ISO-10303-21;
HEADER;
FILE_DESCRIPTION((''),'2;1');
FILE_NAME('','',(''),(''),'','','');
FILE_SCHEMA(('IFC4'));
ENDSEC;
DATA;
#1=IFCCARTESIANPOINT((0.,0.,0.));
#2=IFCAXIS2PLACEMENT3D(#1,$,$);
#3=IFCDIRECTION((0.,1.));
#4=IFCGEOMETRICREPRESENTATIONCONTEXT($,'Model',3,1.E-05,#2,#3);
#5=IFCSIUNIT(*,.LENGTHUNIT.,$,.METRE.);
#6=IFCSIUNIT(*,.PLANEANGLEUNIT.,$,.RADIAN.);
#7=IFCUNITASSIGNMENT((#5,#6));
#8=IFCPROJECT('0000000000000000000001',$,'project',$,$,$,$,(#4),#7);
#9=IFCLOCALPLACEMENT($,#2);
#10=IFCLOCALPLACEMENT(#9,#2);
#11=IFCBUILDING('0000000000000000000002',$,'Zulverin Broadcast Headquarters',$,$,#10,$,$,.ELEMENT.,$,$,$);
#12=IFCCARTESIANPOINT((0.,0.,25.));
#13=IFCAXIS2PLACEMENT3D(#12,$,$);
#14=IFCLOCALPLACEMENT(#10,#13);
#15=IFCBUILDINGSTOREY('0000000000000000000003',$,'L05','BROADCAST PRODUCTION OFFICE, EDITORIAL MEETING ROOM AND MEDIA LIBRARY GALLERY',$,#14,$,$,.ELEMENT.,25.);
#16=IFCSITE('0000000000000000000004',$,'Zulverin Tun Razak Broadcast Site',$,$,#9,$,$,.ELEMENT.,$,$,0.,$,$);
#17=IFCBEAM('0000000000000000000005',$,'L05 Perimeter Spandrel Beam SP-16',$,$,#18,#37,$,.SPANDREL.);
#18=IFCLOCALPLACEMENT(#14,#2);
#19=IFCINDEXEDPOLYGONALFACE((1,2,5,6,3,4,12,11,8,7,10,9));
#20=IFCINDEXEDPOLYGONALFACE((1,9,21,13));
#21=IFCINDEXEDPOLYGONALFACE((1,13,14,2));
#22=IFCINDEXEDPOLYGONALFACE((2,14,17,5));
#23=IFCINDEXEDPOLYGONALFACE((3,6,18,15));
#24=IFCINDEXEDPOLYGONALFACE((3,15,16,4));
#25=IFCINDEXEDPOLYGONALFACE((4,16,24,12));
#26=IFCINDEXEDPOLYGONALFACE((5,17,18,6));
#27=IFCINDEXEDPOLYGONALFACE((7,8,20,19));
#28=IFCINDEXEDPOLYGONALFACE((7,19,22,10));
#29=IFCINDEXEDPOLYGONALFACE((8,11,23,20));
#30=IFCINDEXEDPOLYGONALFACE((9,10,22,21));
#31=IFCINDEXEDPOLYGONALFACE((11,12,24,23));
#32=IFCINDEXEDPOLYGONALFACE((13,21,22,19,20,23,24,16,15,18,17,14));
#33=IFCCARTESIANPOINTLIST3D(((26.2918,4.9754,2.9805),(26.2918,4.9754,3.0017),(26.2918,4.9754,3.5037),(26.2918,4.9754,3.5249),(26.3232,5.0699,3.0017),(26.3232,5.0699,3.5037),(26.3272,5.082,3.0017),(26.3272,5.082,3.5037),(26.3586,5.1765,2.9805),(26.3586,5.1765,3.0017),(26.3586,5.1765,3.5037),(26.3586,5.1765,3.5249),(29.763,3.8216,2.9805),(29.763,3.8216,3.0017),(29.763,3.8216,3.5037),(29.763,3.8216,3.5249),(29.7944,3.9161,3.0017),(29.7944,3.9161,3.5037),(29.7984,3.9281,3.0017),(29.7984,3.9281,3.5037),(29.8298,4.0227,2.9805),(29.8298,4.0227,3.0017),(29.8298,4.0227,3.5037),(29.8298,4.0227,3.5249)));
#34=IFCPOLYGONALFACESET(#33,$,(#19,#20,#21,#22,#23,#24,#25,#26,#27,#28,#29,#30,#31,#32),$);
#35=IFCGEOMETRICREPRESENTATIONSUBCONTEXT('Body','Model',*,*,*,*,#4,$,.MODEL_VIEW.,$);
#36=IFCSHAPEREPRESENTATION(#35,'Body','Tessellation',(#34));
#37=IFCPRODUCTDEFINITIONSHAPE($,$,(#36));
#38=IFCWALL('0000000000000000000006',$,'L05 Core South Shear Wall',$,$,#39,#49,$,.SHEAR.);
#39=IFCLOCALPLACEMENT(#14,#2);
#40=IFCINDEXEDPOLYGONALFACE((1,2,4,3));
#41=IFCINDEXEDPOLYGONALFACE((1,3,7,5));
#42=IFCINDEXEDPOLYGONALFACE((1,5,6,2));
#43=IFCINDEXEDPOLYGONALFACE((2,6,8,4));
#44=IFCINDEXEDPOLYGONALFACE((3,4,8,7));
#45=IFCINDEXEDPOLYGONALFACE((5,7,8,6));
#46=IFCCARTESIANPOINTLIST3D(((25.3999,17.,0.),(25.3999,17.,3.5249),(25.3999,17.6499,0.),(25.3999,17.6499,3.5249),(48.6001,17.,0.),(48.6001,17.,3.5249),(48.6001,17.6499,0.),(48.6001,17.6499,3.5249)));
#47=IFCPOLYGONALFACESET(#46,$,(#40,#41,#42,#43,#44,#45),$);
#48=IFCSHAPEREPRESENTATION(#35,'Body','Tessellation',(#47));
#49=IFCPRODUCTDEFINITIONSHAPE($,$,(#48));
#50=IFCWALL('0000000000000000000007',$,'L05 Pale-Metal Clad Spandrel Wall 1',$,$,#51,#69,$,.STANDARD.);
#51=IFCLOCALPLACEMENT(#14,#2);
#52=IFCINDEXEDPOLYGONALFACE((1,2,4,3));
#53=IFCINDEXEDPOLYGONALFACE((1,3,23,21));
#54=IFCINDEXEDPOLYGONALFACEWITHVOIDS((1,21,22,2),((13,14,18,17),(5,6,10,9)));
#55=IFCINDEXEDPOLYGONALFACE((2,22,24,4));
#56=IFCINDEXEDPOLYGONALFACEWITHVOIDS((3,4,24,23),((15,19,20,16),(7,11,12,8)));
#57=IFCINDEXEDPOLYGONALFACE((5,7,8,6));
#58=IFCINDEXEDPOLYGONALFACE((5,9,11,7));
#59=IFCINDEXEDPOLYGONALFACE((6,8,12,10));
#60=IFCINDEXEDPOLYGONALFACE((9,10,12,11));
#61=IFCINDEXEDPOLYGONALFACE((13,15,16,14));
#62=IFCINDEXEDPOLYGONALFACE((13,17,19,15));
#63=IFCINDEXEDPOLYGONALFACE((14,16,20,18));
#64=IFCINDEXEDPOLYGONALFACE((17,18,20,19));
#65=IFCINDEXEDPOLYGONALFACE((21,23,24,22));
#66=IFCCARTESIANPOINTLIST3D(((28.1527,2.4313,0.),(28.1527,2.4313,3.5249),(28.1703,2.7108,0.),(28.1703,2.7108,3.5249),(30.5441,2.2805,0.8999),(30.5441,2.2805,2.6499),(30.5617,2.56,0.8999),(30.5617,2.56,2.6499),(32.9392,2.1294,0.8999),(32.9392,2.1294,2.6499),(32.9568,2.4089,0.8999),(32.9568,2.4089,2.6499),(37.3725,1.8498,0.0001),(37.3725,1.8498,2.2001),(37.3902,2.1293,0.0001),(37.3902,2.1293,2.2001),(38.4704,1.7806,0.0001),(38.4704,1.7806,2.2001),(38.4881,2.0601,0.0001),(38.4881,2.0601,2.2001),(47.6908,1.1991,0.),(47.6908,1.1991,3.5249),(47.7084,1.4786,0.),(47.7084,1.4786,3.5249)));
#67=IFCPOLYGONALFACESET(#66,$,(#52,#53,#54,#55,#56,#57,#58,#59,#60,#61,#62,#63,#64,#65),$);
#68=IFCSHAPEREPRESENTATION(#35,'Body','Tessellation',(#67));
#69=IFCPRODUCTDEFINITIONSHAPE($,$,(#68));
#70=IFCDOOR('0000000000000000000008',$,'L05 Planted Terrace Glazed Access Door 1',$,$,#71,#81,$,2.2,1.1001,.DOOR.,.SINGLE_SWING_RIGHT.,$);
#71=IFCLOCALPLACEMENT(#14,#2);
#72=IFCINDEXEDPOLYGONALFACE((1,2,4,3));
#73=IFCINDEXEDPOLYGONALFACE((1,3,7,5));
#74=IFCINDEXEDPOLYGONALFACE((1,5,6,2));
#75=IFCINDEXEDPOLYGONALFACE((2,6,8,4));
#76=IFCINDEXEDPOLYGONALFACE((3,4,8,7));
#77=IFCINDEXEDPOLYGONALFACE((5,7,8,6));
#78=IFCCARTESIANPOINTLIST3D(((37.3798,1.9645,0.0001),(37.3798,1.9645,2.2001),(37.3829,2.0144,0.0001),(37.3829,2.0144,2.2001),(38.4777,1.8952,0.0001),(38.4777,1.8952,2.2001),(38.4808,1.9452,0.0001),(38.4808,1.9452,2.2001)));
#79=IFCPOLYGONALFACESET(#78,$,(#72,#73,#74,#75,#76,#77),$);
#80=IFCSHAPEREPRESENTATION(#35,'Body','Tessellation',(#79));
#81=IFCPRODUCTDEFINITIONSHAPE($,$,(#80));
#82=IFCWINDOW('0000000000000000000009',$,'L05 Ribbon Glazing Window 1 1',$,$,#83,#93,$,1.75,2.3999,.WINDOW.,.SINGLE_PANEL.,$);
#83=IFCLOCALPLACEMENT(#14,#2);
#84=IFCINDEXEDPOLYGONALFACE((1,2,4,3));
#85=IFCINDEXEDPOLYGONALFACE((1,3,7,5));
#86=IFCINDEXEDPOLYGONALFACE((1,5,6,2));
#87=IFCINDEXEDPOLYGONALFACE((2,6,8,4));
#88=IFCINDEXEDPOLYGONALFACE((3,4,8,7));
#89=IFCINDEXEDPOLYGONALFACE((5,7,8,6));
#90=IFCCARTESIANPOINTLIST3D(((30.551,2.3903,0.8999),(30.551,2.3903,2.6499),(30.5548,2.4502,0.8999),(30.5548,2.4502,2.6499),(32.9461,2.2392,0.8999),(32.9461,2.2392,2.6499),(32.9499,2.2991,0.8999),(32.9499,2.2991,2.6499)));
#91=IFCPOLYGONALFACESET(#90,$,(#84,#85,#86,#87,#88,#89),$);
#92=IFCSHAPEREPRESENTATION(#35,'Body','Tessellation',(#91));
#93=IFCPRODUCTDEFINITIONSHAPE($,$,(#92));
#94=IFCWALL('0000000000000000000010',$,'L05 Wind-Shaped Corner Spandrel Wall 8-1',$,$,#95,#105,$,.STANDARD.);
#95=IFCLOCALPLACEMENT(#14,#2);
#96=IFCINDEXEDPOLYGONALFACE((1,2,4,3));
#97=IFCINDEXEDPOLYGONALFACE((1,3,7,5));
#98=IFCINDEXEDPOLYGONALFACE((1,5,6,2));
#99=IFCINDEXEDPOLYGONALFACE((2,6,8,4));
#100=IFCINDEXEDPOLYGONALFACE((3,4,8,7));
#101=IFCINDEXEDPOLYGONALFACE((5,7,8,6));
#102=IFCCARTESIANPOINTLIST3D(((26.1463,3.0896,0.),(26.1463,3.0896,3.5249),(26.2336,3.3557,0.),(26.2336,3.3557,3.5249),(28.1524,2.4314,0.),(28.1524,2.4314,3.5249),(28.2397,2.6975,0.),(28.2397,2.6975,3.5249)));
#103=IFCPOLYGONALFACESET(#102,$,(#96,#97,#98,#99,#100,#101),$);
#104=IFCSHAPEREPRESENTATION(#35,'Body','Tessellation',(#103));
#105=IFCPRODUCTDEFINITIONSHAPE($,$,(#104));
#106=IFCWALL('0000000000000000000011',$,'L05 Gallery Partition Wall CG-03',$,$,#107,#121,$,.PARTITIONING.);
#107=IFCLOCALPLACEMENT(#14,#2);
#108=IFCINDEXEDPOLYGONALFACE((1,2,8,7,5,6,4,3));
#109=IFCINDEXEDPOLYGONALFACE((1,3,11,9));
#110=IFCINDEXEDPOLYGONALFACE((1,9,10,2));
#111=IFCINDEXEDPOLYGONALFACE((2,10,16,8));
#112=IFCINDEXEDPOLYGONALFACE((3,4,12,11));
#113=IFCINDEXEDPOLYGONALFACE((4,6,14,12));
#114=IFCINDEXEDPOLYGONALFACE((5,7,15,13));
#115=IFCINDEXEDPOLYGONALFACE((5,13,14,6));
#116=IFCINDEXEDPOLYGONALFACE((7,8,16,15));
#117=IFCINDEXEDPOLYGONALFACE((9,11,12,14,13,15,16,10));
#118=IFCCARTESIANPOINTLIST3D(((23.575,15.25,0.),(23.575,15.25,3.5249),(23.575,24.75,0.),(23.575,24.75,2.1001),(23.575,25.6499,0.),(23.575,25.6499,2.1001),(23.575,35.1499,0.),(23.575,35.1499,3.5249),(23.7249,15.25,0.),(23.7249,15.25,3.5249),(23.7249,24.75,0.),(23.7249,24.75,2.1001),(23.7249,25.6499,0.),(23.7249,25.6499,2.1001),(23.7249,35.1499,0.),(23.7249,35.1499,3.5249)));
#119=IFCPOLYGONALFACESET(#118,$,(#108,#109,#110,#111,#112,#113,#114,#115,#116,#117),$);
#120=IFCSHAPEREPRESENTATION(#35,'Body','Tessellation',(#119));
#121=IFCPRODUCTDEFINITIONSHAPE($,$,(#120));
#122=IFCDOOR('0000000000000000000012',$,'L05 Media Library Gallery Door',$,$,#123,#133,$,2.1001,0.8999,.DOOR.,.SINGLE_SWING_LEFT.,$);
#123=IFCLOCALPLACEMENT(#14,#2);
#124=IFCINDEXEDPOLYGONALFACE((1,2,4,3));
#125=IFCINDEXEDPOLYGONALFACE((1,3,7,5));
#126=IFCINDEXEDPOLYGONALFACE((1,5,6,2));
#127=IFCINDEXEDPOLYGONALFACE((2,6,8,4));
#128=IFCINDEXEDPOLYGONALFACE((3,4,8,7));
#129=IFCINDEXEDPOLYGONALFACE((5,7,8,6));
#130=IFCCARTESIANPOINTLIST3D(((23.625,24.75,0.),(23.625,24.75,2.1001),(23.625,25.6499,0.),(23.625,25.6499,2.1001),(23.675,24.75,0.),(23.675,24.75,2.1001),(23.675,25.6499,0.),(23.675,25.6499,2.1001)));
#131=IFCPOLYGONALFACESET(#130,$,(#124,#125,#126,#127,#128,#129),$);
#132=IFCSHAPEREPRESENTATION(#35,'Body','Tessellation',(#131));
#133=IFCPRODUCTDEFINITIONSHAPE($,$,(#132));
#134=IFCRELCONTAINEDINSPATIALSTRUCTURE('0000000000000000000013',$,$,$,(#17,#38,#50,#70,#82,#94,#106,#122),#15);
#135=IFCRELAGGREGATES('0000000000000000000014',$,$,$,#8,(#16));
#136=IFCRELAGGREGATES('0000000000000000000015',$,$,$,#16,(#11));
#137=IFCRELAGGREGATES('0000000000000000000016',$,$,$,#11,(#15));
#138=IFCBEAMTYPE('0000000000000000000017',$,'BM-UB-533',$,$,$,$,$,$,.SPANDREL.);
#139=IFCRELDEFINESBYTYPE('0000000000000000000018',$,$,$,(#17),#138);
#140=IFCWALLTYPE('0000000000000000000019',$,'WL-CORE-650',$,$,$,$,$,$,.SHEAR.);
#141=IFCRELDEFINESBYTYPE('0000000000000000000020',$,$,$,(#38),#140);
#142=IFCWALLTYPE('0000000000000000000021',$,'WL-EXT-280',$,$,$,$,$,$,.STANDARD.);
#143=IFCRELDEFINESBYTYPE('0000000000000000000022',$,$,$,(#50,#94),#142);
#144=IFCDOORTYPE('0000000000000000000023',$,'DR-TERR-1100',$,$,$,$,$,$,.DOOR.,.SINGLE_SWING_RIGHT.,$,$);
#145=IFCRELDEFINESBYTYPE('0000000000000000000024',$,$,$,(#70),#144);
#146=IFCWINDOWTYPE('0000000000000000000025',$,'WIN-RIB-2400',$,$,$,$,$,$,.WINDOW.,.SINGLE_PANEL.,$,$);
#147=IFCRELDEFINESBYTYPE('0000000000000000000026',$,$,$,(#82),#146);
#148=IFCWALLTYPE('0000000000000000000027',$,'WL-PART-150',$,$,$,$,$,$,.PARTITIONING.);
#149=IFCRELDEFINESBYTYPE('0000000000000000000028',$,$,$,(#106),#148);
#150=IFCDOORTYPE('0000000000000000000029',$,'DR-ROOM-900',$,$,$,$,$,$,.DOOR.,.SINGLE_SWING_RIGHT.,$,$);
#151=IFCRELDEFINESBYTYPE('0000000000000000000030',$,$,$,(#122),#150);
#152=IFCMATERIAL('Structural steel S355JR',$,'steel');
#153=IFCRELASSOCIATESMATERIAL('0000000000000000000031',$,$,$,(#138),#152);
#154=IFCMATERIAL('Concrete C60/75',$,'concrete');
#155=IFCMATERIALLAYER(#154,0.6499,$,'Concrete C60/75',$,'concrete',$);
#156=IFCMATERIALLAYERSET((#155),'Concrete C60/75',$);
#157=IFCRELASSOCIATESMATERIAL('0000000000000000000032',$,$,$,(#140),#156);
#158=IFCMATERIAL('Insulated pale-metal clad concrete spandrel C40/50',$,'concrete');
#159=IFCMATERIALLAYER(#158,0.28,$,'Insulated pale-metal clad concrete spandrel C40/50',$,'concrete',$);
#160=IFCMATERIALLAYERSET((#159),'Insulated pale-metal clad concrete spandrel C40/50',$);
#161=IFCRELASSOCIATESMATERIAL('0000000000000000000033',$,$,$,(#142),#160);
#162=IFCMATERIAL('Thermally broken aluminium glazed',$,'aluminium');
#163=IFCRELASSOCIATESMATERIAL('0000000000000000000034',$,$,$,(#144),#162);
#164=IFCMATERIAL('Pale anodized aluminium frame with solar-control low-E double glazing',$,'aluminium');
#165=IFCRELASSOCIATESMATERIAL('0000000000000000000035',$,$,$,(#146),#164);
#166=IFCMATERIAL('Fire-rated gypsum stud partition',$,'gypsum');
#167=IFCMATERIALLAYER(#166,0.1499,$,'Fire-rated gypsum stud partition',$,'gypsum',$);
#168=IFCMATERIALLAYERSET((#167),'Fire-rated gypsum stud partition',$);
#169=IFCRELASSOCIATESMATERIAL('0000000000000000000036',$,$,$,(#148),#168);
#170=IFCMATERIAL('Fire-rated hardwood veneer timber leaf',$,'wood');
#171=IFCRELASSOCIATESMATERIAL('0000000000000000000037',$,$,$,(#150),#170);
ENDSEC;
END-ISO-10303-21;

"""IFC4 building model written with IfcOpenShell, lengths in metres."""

from ifc_helpers import new_model, si_unit, direction, frame, frame_2d, origin, origin_2d, place, context, subcontext, project, spatial, rectangle, i_section, extrude, material, layer, layer_set, material_profile, profile_set, type_object, element, fill, save


model = new_model("IFC4")

# Units and contexts
model_context = context("Model", 3, precision=1e-05, world=origin(), true_north=direction((0.0, 1.0)))
body_context = subcontext(model_context, "Body", "Model", "MODEL_VIEW")
ifc_project = project(units=[si_unit("LENGTHUNIT", "METRE"), si_unit("PLANEANGLEUNIT", "RADIAN")], contexts=[model_context])

# Site, building, storey
site_placement = place(None, origin())
site = spatial("IfcSite", under=ifc_project, at=site_placement, Name="Zulverin Tun Razak Broadcast Site", CompositionType="ELEMENT", RefElevation=0.0)
building_placement = place(site_placement, origin())
building = spatial("IfcBuilding", under=site, at=building_placement, Name="Zulverin Broadcast Headquarters", CompositionType="ELEMENT")
storey_placement = place(building_placement, frame((0.0, 0.0, 25.0)))
storey = spatial("IfcBuildingStorey", under=building, at=storey_placement, Name="L05", Description="BROADCAST PRODUCTION OFFICE, EDITORIAL MEETING ROOM AND MEDIA LIBRARY GALLERY", CompositionType="ELEMENT", Elevation=25.0)

# Shared definitions
ifc_material_1 = material(Name="Concrete C60/75", Category="concrete")

# Beam
ifc_material_2 = material(Name="Structural steel S355JR", Category="steel")
ifc_material_profile_1 = material_profile(ifc_material_2, i_section(OverallWidth=0.2119, OverallDepth=0.5444, WebThickness=0.0127, FlangeThickness=0.0212, at=origin_2d()), Name="Structural steel S355JR", Category="steel")
ifc_profile_set_1 = profile_set([ifc_material_profile_1], Name="Structural steel S355JR")
beam_type_1 = type_object("IfcBeamType", Name="BM-UB-533", PredefinedType="SPANDREL", material=ifc_profile_set_1)
beam_1_placement = place(storey_placement, frame((26.3252, 5.0759, 3.2527), z_axis=(0.94895, -0.315427, 0.0), x_axis=(0.315427, 0.94895, 0.0)))
element("IfcBeam", 1, at=beam_1_placement, inside=storey, type_object=beam_type_1, Name="L05 Perimeter Spandrel Beam SP-16", PredefinedType="SPANDREL", context=body_context, shape_type="SweptSolid", body=[
    extrude(i_section(OverallWidth=0.2119, OverallDepth=0.5444, WebThickness=0.0127, FlangeThickness=0.0212, at=origin_2d()), origin(), (0.0, 0.0, 1.0), 3.658),
])

# Wall
ifc_layer_1 = layer(ifc_material_1, 0.6499, Name="Concrete C60/75", Category="concrete")
ifc_layer_set_1 = layer_set([ifc_layer_1], Name="Concrete C60/75")
wall_type_1 = type_object("IfcWallType", Name="WL-CORE-650", PredefinedType="SHEAR", material=ifc_layer_set_1)
wall_1_placement = place(storey_placement, frame((25.3999, 17.325, 0.0), z_axis=(0.0, 0.0, 1.0), x_axis=(1.0, 0.0, 0.0)))
element("IfcWall", 2, at=wall_1_placement, inside=storey, type_object=wall_type_1, Name="L05 Core South Shear Wall", PredefinedType="SHEAR", context=body_context, shape_type="SweptSolid", body=[
    extrude(rectangle(XDim=23.2002, YDim=0.6499, at=frame_2d((11.6001, 0.0))), origin(), (0.0, 0.0, 1.0), 3.5249),
])

# Wall, openings, door, window
ifc_material_3 = material(Name="Insulated pale-metal clad concrete spandrel C40/50", Category="concrete")
ifc_layer_2 = layer(ifc_material_3, 0.28, Name="Insulated pale-metal clad concrete spandrel C40/50", Category="concrete")
ifc_layer_set_2 = layer_set([ifc_layer_2], Name="Insulated pale-metal clad concrete spandrel C40/50")
wall_type_2 = type_object("IfcWallType", Name="WL-EXT-280", PredefinedType="STANDARD", material=ifc_layer_set_2)
wall_2_placement = place(storey_placement, frame((28.1614, 2.571, 0.0), z_axis=(0.0, 0.0, 1.0), x_axis=(0.998017, -0.06294, 0.0)))
wall_2 = element("IfcWall", 3, at=wall_2_placement, inside=storey, type_object=wall_type_2, Name="L05 Pale-Metal Clad Spandrel Wall 1", PredefinedType="STANDARD", context=body_context, shape_type="SweptSolid", body=[
    extrude(rectangle(XDim=19.5769, YDim=0.28, at=frame_2d((9.7886, 0.0))), origin(), (0.0, 0.0, 1.0), 3.5249),
])
opening_1_placement = place(wall_2_placement, frame((9.2383, 0.0, 0.0)))
opening_1 = element("IfcOpeningElement", 4, at=opening_1_placement, cuts=wall_2, PredefinedType="OPENING", context=body_context, shape_type="SweptSolid", body=[
    extrude(rectangle(XDim=1.1001, YDim=2.2, at=frame_2d((0.55, 1.1001))), frame((0.0, 0.1499, 0.0), z_axis=(0.0, -1.0, 0.0), x_axis=(1.0, 0.0, 0.0)), (0.0, 0.0, 1.0), 0.3),
])
opening_2_placement = place(wall_2_placement, frame((2.3962, 0.0, 0.8999)))
opening_2 = element("IfcOpeningElement", 5, at=opening_2_placement, cuts=wall_2, PredefinedType="OPENING", context=body_context, shape_type="SweptSolid", body=[
    extrude(rectangle(XDim=2.3999, YDim=1.75, at=frame_2d((1.2, 0.875))), frame((0.0, 0.1499, 0.0), z_axis=(0.0, -1.0, 0.0), x_axis=(1.0, 0.0, 0.0)), (0.0, 0.0, 1.0), 0.3),
])
ifc_material_4 = material(Name="Thermally broken aluminium glazed", Category="aluminium")
door_type_1 = type_object("IfcDoorType", Name="DR-TERR-1100", OperationType="SINGLE_SWING_RIGHT", PredefinedType="DOOR", material=ifc_material_4)
door_1_placement = place(opening_1_placement, origin())
door_1 = element("IfcDoor", 6, at=door_1_placement, inside=storey, type_object=door_type_1, Name="L05 Planted Terrace Glazed Access Door 1", OperationType="SINGLE_SWING_RIGHT", OverallHeight=2.2, OverallWidth=1.1001, PredefinedType="DOOR", context=body_context, shape_type="SweptSolid", body=[
    extrude(rectangle(XDim=1.1001, YDim=2.2, at=frame_2d((0.55, 1.1001))), frame((0.0, 0.0249, 0.0), z_axis=(0.0, -1.0, 0.0), x_axis=(1.0, 0.0, 0.0)), (0.0, 0.0, 1.0), 0.05),
])
fill(opening_1, door_1)
ifc_material_5 = material(Name="Pale anodized aluminium frame with solar-control low-E double glazing", Category="aluminium")
window_type = type_object("IfcWindowType", Name="WIN-RIB-2400", PartitioningType="SINGLE_PANEL", PredefinedType="WINDOW", material=ifc_material_5)
window_placement = place(opening_2_placement, origin())
window = element("IfcWindow", 7, at=window_placement, inside=storey, type_object=window_type, Name="L05 Ribbon Glazing Window 1 1", OverallHeight=1.75, OverallWidth=2.3999, PartitioningType="SINGLE_PANEL", PredefinedType="WINDOW", context=body_context, shape_type="SweptSolid", body=[
    extrude(rectangle(XDim=2.3999, YDim=1.75, at=frame_2d((1.2, 0.875))), frame((0.0, 0.03, 0.0), z_axis=(0.0, -1.0, 0.0), x_axis=(1.0, 0.0, 0.0)), (0.0, 0.0, 1.0), 0.0601),
])
fill(opening_2, window)

# Wall
wall_3_placement = place(storey_placement, frame((26.1899, 3.2227, 0.0), z_axis=(0.0, 0.0, 1.0), x_axis=(0.950164, -0.311749, 0.0)))
element("IfcWall", 8, at=wall_3_placement, inside=storey, type_object=wall_type_2, Name="L05 Wind-Shaped Corner Spandrel Wall 8-1", PredefinedType="STANDARD", context=body_context, shape_type="SweptSolid", body=[
    extrude(rectangle(XDim=2.1113, YDim=0.28, at=frame_2d((1.0557, 0.0))), origin(), (0.0, 0.0, 1.0), 3.5249),
])

# Wall, opening, door
ifc_material_6 = material(Name="Fire-rated gypsum stud partition", Category="gypsum")
ifc_layer_3 = layer(ifc_material_6, 0.1499, Name="Fire-rated gypsum stud partition", Category="gypsum")
ifc_layer_set_3 = layer_set([ifc_layer_3], Name="Fire-rated gypsum stud partition")
wall_type_3 = type_object("IfcWallType", Name="WL-PART-150", PredefinedType="PARTITIONING", material=ifc_layer_set_3)
wall_4_placement = place(storey_placement, frame((23.6499, 15.25, 0.0), z_axis=(0.0, 0.0, 1.0), x_axis=(0.0, 1.0, 0.0)))
wall_4 = element("IfcWall", 9, at=wall_4_placement, inside=storey, type_object=wall_type_3, Name="L05 Gallery Partition Wall CG-03", PredefinedType="PARTITIONING", context=body_context, shape_type="SweptSolid", body=[
    extrude(rectangle(XDim=19.8999, YDim=0.1499, at=frame_2d((9.95, 0.0))), origin(), (0.0, 0.0, 1.0), 3.5249),
])
opening_3_placement = place(wall_4_placement, frame((9.5, 0.0, 0.0)))
opening_3 = element("IfcOpeningElement", 10, at=opening_3_placement, cuts=wall_4, PredefinedType="OPENING", context=body_context, shape_type="SweptSolid", body=[
    extrude(rectangle(XDim=0.8999, YDim=2.1001, at=frame_2d((0.45, 1.05))), frame((0.0, 0.085, 0.0), z_axis=(0.0, -1.0, 0.0), x_axis=(1.0, 0.0, 0.0)), (0.0, 0.0, 1.0), 0.1699),
])
ifc_material_7 = material(Name="Fire-rated hardwood veneer timber leaf", Category="wood")
door_type_2 = type_object("IfcDoorType", Name="DR-ROOM-900", OperationType="SINGLE_SWING_RIGHT", PredefinedType="DOOR", material=ifc_material_7)
door_2_placement = place(opening_3_placement, origin())
door_2 = element("IfcDoor", 11, at=door_2_placement, inside=storey, type_object=door_type_2, Name="L05 Media Library Gallery Door", OperationType="SINGLE_SWING_LEFT", OverallHeight=2.1001, OverallWidth=0.8999, PredefinedType="DOOR", context=body_context, shape_type="SweptSolid", body=[
    extrude(rectangle(XDim=0.8999, YDim=2.1001, at=frame_2d((0.45, 1.05))), frame((0.0, 0.0249, 0.0), z_axis=(0.0, -1.0, 0.0), x_axis=(1.0, 0.0, 0.0)), (0.0, 0.0, 1.0), 0.05),
])
fill(opening_3, door_2)

save(model, "model.ifc")
